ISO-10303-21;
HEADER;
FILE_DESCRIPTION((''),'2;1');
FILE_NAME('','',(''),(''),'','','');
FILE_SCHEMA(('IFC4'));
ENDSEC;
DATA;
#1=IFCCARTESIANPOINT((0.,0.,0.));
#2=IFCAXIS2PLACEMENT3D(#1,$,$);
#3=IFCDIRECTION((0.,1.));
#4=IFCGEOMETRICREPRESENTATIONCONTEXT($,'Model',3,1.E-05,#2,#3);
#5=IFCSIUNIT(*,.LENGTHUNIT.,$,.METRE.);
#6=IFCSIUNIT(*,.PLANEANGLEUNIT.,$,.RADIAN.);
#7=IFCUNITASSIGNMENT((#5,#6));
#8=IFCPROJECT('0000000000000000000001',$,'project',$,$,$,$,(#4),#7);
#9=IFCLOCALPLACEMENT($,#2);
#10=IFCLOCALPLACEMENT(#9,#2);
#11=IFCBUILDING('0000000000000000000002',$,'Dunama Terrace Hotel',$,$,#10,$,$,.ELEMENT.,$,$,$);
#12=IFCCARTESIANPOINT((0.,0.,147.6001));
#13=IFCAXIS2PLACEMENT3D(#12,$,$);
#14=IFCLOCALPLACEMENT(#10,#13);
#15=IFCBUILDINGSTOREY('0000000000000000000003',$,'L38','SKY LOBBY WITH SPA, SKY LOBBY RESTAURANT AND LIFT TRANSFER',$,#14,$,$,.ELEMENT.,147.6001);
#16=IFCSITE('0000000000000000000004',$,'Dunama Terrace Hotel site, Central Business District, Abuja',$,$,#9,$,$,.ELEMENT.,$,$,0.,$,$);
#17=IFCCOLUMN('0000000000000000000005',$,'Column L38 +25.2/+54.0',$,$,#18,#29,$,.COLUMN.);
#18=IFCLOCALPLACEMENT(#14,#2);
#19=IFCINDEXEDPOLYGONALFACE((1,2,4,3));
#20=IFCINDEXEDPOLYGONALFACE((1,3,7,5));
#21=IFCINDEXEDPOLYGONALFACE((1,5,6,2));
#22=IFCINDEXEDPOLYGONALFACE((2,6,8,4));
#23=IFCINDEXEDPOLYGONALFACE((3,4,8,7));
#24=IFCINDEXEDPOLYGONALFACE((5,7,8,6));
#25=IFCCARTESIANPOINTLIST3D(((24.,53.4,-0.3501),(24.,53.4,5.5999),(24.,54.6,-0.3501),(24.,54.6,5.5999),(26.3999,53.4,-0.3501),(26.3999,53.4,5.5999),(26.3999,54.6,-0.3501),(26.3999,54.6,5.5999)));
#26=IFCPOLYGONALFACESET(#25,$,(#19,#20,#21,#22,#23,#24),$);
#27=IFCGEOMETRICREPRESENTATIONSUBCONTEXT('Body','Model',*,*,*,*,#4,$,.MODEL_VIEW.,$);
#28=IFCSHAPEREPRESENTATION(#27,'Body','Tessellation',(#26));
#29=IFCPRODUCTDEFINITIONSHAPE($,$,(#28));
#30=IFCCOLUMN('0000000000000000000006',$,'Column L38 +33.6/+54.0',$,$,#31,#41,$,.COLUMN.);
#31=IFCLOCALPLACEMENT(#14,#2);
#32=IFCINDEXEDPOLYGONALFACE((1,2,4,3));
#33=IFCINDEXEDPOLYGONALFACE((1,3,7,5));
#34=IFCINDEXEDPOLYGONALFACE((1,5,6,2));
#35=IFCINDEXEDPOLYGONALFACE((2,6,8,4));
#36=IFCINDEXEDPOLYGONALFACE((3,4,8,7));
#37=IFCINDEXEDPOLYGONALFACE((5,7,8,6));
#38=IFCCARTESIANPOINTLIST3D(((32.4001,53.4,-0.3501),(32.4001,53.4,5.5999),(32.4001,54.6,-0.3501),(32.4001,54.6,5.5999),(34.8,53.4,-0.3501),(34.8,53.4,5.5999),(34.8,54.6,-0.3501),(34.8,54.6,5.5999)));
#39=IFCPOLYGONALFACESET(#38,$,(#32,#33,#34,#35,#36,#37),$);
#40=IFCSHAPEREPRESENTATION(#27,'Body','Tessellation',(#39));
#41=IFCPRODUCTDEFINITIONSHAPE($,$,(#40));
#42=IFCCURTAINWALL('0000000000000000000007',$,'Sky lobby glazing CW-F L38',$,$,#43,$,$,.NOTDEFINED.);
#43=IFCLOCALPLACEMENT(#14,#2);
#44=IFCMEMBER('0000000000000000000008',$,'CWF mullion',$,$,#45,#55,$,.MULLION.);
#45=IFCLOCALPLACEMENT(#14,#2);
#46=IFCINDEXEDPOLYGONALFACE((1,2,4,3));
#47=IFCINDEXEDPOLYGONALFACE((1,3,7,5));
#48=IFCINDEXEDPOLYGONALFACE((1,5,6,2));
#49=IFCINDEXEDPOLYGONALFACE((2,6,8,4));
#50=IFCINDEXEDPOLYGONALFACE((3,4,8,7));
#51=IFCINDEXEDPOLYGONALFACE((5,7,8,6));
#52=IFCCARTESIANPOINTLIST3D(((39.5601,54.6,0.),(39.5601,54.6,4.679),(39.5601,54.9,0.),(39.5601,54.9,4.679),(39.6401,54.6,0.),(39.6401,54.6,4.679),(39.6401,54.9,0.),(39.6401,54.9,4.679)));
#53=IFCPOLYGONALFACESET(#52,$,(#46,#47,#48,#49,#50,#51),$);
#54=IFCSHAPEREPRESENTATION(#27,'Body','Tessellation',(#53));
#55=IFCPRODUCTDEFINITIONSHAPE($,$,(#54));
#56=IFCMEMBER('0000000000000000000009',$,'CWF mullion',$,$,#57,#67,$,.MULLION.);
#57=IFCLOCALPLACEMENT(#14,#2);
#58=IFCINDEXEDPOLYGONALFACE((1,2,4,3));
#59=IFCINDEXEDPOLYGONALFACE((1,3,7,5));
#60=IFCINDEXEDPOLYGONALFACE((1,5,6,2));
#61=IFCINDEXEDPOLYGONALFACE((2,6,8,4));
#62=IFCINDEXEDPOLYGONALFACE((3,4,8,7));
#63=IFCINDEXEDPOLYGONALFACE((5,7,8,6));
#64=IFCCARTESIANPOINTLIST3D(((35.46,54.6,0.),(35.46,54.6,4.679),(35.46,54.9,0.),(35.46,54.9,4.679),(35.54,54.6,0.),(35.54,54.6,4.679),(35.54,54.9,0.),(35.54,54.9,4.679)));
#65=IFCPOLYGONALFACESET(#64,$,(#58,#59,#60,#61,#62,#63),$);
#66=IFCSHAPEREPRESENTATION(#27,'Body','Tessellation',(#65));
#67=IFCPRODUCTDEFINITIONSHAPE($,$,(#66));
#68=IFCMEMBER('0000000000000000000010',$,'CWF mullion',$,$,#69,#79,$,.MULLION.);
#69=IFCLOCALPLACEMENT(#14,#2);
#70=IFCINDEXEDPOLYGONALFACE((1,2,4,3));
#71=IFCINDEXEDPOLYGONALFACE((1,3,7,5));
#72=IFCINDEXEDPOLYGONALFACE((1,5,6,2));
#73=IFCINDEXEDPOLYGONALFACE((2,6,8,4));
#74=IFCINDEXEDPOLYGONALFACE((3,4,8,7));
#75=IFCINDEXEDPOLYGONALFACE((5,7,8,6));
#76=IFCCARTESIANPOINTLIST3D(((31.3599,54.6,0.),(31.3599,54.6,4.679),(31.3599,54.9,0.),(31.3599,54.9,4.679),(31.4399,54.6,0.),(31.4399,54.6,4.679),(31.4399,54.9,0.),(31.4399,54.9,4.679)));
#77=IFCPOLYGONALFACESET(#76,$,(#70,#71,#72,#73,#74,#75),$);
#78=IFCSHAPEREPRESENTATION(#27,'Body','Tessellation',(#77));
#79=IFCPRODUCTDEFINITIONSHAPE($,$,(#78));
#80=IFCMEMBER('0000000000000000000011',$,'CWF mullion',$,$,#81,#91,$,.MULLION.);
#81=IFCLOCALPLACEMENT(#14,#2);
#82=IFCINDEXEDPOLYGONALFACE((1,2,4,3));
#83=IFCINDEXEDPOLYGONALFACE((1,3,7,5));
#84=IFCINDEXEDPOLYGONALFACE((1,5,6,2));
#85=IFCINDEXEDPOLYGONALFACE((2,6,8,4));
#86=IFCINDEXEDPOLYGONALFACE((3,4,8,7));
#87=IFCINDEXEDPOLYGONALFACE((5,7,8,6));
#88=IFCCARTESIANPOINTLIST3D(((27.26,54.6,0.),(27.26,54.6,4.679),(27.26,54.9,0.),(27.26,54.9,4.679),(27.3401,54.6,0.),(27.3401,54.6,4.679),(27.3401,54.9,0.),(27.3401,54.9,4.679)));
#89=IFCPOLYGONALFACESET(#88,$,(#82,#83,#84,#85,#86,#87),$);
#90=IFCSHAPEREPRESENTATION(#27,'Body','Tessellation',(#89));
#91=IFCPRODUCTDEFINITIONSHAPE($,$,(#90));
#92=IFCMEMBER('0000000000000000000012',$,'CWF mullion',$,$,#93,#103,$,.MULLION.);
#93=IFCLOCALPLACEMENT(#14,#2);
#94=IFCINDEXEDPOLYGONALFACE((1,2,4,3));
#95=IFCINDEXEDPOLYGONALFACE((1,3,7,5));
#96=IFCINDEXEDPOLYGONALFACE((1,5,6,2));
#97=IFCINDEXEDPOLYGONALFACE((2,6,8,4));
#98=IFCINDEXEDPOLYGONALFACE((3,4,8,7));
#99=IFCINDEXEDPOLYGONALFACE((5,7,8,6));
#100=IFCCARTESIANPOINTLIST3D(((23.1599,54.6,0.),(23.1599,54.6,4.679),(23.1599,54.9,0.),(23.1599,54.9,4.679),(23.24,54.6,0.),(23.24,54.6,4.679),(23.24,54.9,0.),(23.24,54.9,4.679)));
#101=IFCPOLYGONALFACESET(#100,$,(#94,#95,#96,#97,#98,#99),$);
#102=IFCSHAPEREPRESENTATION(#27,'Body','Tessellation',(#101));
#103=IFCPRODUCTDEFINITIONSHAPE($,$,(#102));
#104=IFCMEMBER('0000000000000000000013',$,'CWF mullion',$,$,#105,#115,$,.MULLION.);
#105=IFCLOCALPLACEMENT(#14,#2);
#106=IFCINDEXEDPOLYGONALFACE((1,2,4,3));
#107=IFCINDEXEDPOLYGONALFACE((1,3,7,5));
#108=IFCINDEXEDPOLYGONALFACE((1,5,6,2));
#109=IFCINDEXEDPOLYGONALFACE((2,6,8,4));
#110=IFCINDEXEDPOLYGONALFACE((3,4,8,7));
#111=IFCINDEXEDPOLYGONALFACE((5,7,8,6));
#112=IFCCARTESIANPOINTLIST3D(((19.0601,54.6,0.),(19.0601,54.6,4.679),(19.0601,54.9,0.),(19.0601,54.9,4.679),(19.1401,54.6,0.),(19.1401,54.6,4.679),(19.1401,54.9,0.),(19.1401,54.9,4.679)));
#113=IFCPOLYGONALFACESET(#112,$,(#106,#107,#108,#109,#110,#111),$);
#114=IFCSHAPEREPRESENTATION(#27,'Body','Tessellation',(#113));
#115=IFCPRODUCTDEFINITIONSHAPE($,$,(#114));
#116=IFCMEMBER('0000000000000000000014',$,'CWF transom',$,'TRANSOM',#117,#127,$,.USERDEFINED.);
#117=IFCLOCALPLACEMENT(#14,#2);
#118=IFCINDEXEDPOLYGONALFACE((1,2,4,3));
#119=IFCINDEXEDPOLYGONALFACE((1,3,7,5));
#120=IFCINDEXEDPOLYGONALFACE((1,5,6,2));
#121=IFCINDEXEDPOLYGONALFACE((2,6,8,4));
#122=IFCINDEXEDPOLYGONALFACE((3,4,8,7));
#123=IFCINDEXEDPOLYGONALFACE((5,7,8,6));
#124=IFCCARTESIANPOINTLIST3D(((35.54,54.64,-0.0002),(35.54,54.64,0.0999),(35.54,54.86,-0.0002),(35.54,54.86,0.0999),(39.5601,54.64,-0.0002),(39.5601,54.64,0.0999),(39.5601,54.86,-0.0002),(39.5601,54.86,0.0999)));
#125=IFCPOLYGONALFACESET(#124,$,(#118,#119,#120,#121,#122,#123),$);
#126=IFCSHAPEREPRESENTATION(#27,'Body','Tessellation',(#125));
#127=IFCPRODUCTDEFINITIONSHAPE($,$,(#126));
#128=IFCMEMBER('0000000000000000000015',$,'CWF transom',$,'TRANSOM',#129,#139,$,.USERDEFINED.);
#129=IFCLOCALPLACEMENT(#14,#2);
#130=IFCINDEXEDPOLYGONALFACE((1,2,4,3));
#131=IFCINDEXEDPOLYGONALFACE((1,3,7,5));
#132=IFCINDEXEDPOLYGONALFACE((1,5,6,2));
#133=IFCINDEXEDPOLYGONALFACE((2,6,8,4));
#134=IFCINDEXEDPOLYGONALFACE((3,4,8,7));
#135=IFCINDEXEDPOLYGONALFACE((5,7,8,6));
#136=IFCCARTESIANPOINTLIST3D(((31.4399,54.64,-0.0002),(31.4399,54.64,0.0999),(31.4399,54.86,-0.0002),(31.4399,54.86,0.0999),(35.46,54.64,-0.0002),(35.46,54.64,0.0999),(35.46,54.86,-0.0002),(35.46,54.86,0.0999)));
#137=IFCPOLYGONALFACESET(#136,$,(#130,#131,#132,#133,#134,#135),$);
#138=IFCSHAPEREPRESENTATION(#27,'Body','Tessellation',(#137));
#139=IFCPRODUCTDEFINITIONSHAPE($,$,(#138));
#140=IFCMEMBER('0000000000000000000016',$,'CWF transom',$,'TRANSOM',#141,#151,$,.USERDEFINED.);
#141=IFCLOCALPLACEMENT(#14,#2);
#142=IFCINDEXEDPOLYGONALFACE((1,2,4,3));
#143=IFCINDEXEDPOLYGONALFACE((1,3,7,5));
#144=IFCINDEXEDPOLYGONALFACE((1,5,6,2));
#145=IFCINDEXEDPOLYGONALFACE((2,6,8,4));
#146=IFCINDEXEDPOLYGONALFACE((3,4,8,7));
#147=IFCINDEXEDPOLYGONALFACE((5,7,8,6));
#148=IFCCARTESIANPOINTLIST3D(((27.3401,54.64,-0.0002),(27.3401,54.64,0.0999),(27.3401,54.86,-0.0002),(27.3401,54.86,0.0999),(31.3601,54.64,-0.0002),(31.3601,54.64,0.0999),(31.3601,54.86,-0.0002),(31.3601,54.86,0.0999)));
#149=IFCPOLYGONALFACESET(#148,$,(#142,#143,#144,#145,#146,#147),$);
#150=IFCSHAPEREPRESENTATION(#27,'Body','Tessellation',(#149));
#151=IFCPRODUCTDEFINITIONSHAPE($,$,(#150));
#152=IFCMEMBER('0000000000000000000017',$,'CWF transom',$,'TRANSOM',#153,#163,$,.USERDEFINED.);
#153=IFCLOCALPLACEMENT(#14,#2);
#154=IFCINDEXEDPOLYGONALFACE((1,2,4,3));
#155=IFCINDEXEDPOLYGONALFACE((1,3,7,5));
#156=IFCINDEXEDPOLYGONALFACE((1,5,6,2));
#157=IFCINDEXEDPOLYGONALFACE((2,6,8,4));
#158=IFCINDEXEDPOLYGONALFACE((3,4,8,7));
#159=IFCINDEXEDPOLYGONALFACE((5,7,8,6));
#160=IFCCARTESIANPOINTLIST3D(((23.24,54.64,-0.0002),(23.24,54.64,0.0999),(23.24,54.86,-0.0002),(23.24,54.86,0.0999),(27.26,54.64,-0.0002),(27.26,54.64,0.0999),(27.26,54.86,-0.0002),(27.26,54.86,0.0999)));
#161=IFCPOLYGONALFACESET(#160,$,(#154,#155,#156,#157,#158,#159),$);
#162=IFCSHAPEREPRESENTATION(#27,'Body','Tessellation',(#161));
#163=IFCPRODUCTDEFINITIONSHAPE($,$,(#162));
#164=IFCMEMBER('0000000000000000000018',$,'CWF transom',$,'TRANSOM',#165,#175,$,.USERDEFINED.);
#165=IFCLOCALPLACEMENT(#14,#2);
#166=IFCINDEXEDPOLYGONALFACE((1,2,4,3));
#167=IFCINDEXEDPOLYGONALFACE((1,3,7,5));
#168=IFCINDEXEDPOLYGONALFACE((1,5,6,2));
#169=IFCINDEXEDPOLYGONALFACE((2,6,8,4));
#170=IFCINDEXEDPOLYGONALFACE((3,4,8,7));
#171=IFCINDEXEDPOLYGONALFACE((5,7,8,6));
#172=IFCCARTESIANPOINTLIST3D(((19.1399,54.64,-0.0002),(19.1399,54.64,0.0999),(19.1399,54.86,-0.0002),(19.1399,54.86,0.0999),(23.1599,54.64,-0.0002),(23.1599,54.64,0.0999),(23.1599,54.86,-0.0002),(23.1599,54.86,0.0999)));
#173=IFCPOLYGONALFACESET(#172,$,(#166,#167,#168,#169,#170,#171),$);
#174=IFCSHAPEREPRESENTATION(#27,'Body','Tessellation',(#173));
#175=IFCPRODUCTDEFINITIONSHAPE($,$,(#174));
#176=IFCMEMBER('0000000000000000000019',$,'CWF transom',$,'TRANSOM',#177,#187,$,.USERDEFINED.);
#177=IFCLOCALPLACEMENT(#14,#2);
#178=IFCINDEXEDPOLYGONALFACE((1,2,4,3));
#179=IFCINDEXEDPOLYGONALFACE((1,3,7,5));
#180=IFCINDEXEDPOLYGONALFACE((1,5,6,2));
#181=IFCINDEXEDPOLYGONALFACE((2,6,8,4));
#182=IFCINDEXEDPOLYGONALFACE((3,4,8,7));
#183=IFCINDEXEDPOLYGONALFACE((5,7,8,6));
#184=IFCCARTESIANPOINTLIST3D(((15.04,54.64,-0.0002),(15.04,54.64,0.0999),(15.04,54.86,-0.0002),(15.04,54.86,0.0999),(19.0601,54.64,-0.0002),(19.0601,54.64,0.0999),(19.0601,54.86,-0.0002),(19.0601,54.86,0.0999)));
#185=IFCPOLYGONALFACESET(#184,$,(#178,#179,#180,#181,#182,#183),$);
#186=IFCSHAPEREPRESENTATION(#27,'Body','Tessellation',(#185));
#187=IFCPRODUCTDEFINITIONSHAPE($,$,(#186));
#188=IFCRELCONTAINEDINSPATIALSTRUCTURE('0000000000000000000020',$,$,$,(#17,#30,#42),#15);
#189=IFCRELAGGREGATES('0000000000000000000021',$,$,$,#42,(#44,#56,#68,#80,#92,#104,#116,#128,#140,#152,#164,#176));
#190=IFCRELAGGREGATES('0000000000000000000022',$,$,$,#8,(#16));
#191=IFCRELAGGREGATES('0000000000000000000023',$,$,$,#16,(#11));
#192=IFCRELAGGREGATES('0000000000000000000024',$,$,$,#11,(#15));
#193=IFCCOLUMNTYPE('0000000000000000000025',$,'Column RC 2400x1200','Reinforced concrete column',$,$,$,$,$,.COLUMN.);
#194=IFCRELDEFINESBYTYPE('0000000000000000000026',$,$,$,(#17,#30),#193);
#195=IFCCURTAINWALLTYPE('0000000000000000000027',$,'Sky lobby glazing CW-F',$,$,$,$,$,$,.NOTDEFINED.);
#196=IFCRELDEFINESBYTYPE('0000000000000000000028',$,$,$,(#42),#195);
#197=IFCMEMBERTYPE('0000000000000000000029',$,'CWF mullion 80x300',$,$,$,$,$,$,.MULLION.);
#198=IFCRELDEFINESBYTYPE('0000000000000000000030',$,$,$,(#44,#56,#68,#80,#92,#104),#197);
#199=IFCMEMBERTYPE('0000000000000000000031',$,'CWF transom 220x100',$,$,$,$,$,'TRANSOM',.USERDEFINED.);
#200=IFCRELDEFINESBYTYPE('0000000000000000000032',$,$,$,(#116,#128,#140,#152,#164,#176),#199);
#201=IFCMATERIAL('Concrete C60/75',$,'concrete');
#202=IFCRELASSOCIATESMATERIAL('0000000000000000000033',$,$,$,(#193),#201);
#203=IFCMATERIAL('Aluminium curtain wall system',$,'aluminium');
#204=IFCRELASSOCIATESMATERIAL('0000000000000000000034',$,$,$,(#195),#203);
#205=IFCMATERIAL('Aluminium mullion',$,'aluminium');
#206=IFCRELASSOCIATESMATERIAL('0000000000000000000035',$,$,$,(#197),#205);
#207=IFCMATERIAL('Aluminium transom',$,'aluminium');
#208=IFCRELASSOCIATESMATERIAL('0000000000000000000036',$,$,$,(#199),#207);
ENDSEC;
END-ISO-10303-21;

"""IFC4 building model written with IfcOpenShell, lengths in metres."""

from ifc_helpers import new_model, si_unit, direction, frame, origin, origin_2d, place, context, subcontext, project, spatial, rectangle, extrude, material, material_profile, profile_set, type_object, element, aggregate, save


model = new_model("IFC4")

# Units and contexts
model_context = context("Model", 3, precision=1e-05, world=origin(), true_north=direction((0.0, 1.0)))
body_context = subcontext(model_context, "Body", "Model", "MODEL_VIEW")
ifc_project = project(units=[si_unit("LENGTHUNIT", "METRE"), si_unit("PLANEANGLEUNIT", "RADIAN")], contexts=[model_context])

# Site, building, storey
site_placement = place(None, origin())
site = spatial("IfcSite", under=ifc_project, at=site_placement, Name="Dunama Terrace Hotel site, Central Business District, Abuja", CompositionType="ELEMENT", RefElevation=0.0)
building_placement = place(site_placement, origin())
building = spatial("IfcBuilding", under=site, at=building_placement, Name="Dunama Terrace Hotel", CompositionType="ELEMENT")
storey_placement = place(building_placement, frame((0.0, 0.0, 147.6001)))
storey = spatial("IfcBuildingStorey", under=building, at=storey_placement, Name="L38", Description="SKY LOBBY WITH SPA, SKY LOBBY RESTAURANT AND LIFT TRANSFER", CompositionType="ELEMENT", Elevation=147.6001)

# Columns
ifc_material_1 = material(Name="Concrete C60/75", Category="concrete")
ifc_material_profile_1 = material_profile(ifc_material_1, rectangle(XDim=2.3999, YDim=1.2, at=origin_2d()), Name="RC 2400x1200")
ifc_profile_set_1 = profile_set([ifc_material_profile_1], Name="Concrete C60/75")
column_type = type_object("IfcColumnType", Name="Column RC 2400x1200", Description="Reinforced concrete column", PredefinedType="COLUMN", material=ifc_profile_set_1)
for number, where, z_axis, x_axis, name in (
    (1, (25.2, 54.0, -0.3501), (0.0, 0.0, 1.0), (1.0, 0.0, 0.0), "Column L38 +25.2/+54.0"),
    (2, (33.6001, 54.0, -0.3501), (0.0, 0.0, 1.0), (1.0, 0.0, 0.0), "Column L38 +33.6/+54.0"),
):
    element("IfcColumn", number, at=place(storey_placement, frame(where, z_axis=z_axis, x_axis=x_axis)), inside=storey, type_object=column_type, Name=name, PredefinedType="COLUMN", context=body_context, shape_type="SweptSolid", body=[
        extrude(rectangle(XDim=2.3999, YDim=1.2, at=origin_2d()), origin(), (0.0, 0.0, 1.0), 5.95),
    ])

# Curtain wall, members
ifc_material_2 = material(Name="Aluminium curtain wall system", Category="aluminium")
curtain_wall_type = type_object("IfcCurtainWallType", Name="Sky lobby glazing CW-F", PredefinedType="NOTDEFINED", material=ifc_material_2)
curtain_wall_placement = place(storey_placement, origin())
curtain_wall = element("IfcCurtainWall", 3, at=curtain_wall_placement, inside=storey, type_object=curtain_wall_type, Name="Sky lobby glazing CW-F L38", PredefinedType="NOTDEFINED")
ifc_material_3 = material(Name="Aluminium mullion", Category="aluminium")
ifc_material_profile_2 = material_profile(ifc_material_3, rectangle(XDim=0.0801, YDim=0.3, at=origin_2d()), Name="CWF MULLION 80X300")
ifc_profile_set_2 = profile_set([ifc_material_profile_2], Name="Aluminium mullion")
member_type_1 = type_object("IfcMemberType", Name="CWF mullion 80x300", PredefinedType="MULLION", material=ifc_profile_set_2)
member_1_placement = place(storey_placement, frame((39.6001, 54.75, 0.0), z_axis=(0.0, 0.0, 1.0), x_axis=(-1.0, 0.0, 0.0)))
member_1 = element("IfcMember", 4, at=member_1_placement, type_object=member_type_1, Name="CWF mullion", PredefinedType="MULLION", context=body_context, shape_type="SweptSolid", body=[
    extrude(rectangle(XDim=0.0801, YDim=0.3, at=origin_2d()), origin(), (0.0, 0.0, 1.0), 4.679),
])
member_2_placement = place(storey_placement, frame((35.5, 54.75, 0.0), z_axis=(0.0, 0.0, 1.0), x_axis=(-1.0, 0.0, 0.0)))
member_2 = element("IfcMember", 5, at=member_2_placement, type_object=member_type_1, Name="CWF mullion", PredefinedType="MULLION", context=body_context, shape_type="SweptSolid", body=[
    extrude(rectangle(XDim=0.0801, YDim=0.3, at=origin_2d()), origin(), (0.0, 0.0, 1.0), 4.679),
])
member_3_placement = place(storey_placement, frame((31.3999, 54.75, 0.0), z_axis=(0.0, 0.0, 1.0), x_axis=(-1.0, 0.0, 0.0)))
member_3 = element("IfcMember", 6, at=member_3_placement, type_object=member_type_1, Name="CWF mullion", PredefinedType="MULLION", context=body_context, shape_type="SweptSolid", body=[
    extrude(rectangle(XDim=0.0801, YDim=0.3, at=origin_2d()), origin(), (0.0, 0.0, 1.0), 4.679),
])
member_4_placement = place(storey_placement, frame((27.3, 54.75, 0.0), z_axis=(0.0, 0.0, 1.0), x_axis=(-1.0, 0.0, 0.0)))
member_4 = element("IfcMember", 7, at=member_4_placement, type_object=member_type_1, Name="CWF mullion", PredefinedType="MULLION", context=body_context, shape_type="SweptSolid", body=[
    extrude(rectangle(XDim=0.0801, YDim=0.3, at=origin_2d()), origin(), (0.0, 0.0, 1.0), 4.679),
])
member_5_placement = place(storey_placement, frame((23.2, 54.75, 0.0), z_axis=(0.0, 0.0, 1.0), x_axis=(-1.0, 0.0, 0.0)))
member_5 = element("IfcMember", 8, at=member_5_placement, type_object=member_type_1, Name="CWF mullion", PredefinedType="MULLION", context=body_context, shape_type="SweptSolid", body=[
    extrude(rectangle(XDim=0.0801, YDim=0.3, at=origin_2d()), origin(), (0.0, 0.0, 1.0), 4.679),
])
member_6_placement = place(storey_placement, frame((19.1001, 54.75, 0.0), z_axis=(0.0, 0.0, 1.0), x_axis=(-1.0, 0.0, 0.0)))
member_6 = element("IfcMember", 9, at=member_6_placement, type_object=member_type_1, Name="CWF mullion", PredefinedType="MULLION", context=body_context, shape_type="SweptSolid", body=[
    extrude(rectangle(XDim=0.0801, YDim=0.3, at=origin_2d()), origin(), (0.0, 0.0, 1.0), 4.679),
])
ifc_material_4 = material(Name="Aluminium transom", Category="aluminium")
ifc_material_profile_3 = material_profile(ifc_material_4, rectangle(XDim=0.22, YDim=0.1001, at=origin_2d()), Name="CWF TRANSOM 220X100")
ifc_profile_set_3 = profile_set([ifc_material_profile_3], Name="Aluminium transom")
member_type_2 = type_object("IfcMemberType", Name="CWF transom 220x100", ElementType="TRANSOM", PredefinedType="USERDEFINED", material=ifc_profile_set_3)
member_7_placement = place(storey_placement, frame((39.5601, 54.75, 0.0498), z_axis=(-1.0, 0.0, 0.0), x_axis=(0.0, -1.0, 0.0)))
member_7 = element("IfcMember", 10, at=member_7_placement, type_object=member_type_2, Name="CWF transom", ObjectType="TRANSOM", PredefinedType="USERDEFINED", context=body_context, shape_type="SweptSolid", body=[
    extrude(rectangle(XDim=0.22, YDim=0.1001, at=origin_2d()), origin(), (0.0, 0.0, 1.0), 4.02),
])
member_8_placement = place(storey_placement, frame((35.46, 54.75, 0.0498), z_axis=(-1.0, 0.0, 0.0), x_axis=(0.0, -1.0, 0.0)))
member_8 = element("IfcMember", 11, at=member_8_placement, type_object=member_type_2, Name="CWF transom", ObjectType="TRANSOM", PredefinedType="USERDEFINED", context=body_context, shape_type="SweptSolid", body=[
    extrude(rectangle(XDim=0.22, YDim=0.1001, at=origin_2d()), origin(), (0.0, 0.0, 1.0), 4.02),
])
member_9_placement = place(storey_placement, frame((31.3601, 54.75, 0.0498), z_axis=(-1.0, 0.0, 0.0), x_axis=(0.0, -1.0, 0.0)))
member_9 = element("IfcMember", 12, at=member_9_placement, type_object=member_type_2, Name="CWF transom", ObjectType="TRANSOM", PredefinedType="USERDEFINED", context=body_context, shape_type="SweptSolid", body=[
    extrude(rectangle(XDim=0.22, YDim=0.1001, at=origin_2d()), origin(), (0.0, 0.0, 1.0), 4.02),
])
member_10_placement = place(storey_placement, frame((27.26, 54.75, 0.0498), z_axis=(-1.0, 0.0, 0.0), x_axis=(0.0, -1.0, 0.0)))
member_10 = element("IfcMember", 13, at=member_10_placement, type_object=member_type_2, Name="CWF transom", ObjectType="TRANSOM", PredefinedType="USERDEFINED", context=body_context, shape_type="SweptSolid", body=[
    extrude(rectangle(XDim=0.22, YDim=0.1001, at=origin_2d()), origin(), (0.0, 0.0, 1.0), 4.02),
])
member_11_placement = place(storey_placement, frame((23.1599, 54.75, 0.0498), z_axis=(-1.0, 0.0, 0.0), x_axis=(0.0, -1.0, 0.0)))
member_11 = element("IfcMember", 14, at=member_11_placement, type_object=member_type_2, Name="CWF transom", ObjectType="TRANSOM", PredefinedType="USERDEFINED", context=body_context, shape_type="SweptSolid", body=[
    extrude(rectangle(XDim=0.22, YDim=0.1001, at=origin_2d()), origin(), (0.0, 0.0, 1.0), 4.02),
])
member_12_placement = place(storey_placement, frame((19.0601, 54.75, 0.0498), z_axis=(-1.0, 0.0, 0.0), x_axis=(0.0, -1.0, 0.0)))
member_12 = element("IfcMember", 15, at=member_12_placement, type_object=member_type_2, Name="CWF transom", ObjectType="TRANSOM", PredefinedType="USERDEFINED", context=body_context, shape_type="SweptSolid", body=[
    extrude(rectangle(XDim=0.22, YDim=0.1001, at=origin_2d()), origin(), (0.0, 0.0, 1.0), 4.02),
])
aggregate(curtain_wall, [member_1, member_2, member_3, member_4, member_5, member_6, member_7, member_8, member_9, member_10, member_11, member_12])

save(model, "model.ifc")
